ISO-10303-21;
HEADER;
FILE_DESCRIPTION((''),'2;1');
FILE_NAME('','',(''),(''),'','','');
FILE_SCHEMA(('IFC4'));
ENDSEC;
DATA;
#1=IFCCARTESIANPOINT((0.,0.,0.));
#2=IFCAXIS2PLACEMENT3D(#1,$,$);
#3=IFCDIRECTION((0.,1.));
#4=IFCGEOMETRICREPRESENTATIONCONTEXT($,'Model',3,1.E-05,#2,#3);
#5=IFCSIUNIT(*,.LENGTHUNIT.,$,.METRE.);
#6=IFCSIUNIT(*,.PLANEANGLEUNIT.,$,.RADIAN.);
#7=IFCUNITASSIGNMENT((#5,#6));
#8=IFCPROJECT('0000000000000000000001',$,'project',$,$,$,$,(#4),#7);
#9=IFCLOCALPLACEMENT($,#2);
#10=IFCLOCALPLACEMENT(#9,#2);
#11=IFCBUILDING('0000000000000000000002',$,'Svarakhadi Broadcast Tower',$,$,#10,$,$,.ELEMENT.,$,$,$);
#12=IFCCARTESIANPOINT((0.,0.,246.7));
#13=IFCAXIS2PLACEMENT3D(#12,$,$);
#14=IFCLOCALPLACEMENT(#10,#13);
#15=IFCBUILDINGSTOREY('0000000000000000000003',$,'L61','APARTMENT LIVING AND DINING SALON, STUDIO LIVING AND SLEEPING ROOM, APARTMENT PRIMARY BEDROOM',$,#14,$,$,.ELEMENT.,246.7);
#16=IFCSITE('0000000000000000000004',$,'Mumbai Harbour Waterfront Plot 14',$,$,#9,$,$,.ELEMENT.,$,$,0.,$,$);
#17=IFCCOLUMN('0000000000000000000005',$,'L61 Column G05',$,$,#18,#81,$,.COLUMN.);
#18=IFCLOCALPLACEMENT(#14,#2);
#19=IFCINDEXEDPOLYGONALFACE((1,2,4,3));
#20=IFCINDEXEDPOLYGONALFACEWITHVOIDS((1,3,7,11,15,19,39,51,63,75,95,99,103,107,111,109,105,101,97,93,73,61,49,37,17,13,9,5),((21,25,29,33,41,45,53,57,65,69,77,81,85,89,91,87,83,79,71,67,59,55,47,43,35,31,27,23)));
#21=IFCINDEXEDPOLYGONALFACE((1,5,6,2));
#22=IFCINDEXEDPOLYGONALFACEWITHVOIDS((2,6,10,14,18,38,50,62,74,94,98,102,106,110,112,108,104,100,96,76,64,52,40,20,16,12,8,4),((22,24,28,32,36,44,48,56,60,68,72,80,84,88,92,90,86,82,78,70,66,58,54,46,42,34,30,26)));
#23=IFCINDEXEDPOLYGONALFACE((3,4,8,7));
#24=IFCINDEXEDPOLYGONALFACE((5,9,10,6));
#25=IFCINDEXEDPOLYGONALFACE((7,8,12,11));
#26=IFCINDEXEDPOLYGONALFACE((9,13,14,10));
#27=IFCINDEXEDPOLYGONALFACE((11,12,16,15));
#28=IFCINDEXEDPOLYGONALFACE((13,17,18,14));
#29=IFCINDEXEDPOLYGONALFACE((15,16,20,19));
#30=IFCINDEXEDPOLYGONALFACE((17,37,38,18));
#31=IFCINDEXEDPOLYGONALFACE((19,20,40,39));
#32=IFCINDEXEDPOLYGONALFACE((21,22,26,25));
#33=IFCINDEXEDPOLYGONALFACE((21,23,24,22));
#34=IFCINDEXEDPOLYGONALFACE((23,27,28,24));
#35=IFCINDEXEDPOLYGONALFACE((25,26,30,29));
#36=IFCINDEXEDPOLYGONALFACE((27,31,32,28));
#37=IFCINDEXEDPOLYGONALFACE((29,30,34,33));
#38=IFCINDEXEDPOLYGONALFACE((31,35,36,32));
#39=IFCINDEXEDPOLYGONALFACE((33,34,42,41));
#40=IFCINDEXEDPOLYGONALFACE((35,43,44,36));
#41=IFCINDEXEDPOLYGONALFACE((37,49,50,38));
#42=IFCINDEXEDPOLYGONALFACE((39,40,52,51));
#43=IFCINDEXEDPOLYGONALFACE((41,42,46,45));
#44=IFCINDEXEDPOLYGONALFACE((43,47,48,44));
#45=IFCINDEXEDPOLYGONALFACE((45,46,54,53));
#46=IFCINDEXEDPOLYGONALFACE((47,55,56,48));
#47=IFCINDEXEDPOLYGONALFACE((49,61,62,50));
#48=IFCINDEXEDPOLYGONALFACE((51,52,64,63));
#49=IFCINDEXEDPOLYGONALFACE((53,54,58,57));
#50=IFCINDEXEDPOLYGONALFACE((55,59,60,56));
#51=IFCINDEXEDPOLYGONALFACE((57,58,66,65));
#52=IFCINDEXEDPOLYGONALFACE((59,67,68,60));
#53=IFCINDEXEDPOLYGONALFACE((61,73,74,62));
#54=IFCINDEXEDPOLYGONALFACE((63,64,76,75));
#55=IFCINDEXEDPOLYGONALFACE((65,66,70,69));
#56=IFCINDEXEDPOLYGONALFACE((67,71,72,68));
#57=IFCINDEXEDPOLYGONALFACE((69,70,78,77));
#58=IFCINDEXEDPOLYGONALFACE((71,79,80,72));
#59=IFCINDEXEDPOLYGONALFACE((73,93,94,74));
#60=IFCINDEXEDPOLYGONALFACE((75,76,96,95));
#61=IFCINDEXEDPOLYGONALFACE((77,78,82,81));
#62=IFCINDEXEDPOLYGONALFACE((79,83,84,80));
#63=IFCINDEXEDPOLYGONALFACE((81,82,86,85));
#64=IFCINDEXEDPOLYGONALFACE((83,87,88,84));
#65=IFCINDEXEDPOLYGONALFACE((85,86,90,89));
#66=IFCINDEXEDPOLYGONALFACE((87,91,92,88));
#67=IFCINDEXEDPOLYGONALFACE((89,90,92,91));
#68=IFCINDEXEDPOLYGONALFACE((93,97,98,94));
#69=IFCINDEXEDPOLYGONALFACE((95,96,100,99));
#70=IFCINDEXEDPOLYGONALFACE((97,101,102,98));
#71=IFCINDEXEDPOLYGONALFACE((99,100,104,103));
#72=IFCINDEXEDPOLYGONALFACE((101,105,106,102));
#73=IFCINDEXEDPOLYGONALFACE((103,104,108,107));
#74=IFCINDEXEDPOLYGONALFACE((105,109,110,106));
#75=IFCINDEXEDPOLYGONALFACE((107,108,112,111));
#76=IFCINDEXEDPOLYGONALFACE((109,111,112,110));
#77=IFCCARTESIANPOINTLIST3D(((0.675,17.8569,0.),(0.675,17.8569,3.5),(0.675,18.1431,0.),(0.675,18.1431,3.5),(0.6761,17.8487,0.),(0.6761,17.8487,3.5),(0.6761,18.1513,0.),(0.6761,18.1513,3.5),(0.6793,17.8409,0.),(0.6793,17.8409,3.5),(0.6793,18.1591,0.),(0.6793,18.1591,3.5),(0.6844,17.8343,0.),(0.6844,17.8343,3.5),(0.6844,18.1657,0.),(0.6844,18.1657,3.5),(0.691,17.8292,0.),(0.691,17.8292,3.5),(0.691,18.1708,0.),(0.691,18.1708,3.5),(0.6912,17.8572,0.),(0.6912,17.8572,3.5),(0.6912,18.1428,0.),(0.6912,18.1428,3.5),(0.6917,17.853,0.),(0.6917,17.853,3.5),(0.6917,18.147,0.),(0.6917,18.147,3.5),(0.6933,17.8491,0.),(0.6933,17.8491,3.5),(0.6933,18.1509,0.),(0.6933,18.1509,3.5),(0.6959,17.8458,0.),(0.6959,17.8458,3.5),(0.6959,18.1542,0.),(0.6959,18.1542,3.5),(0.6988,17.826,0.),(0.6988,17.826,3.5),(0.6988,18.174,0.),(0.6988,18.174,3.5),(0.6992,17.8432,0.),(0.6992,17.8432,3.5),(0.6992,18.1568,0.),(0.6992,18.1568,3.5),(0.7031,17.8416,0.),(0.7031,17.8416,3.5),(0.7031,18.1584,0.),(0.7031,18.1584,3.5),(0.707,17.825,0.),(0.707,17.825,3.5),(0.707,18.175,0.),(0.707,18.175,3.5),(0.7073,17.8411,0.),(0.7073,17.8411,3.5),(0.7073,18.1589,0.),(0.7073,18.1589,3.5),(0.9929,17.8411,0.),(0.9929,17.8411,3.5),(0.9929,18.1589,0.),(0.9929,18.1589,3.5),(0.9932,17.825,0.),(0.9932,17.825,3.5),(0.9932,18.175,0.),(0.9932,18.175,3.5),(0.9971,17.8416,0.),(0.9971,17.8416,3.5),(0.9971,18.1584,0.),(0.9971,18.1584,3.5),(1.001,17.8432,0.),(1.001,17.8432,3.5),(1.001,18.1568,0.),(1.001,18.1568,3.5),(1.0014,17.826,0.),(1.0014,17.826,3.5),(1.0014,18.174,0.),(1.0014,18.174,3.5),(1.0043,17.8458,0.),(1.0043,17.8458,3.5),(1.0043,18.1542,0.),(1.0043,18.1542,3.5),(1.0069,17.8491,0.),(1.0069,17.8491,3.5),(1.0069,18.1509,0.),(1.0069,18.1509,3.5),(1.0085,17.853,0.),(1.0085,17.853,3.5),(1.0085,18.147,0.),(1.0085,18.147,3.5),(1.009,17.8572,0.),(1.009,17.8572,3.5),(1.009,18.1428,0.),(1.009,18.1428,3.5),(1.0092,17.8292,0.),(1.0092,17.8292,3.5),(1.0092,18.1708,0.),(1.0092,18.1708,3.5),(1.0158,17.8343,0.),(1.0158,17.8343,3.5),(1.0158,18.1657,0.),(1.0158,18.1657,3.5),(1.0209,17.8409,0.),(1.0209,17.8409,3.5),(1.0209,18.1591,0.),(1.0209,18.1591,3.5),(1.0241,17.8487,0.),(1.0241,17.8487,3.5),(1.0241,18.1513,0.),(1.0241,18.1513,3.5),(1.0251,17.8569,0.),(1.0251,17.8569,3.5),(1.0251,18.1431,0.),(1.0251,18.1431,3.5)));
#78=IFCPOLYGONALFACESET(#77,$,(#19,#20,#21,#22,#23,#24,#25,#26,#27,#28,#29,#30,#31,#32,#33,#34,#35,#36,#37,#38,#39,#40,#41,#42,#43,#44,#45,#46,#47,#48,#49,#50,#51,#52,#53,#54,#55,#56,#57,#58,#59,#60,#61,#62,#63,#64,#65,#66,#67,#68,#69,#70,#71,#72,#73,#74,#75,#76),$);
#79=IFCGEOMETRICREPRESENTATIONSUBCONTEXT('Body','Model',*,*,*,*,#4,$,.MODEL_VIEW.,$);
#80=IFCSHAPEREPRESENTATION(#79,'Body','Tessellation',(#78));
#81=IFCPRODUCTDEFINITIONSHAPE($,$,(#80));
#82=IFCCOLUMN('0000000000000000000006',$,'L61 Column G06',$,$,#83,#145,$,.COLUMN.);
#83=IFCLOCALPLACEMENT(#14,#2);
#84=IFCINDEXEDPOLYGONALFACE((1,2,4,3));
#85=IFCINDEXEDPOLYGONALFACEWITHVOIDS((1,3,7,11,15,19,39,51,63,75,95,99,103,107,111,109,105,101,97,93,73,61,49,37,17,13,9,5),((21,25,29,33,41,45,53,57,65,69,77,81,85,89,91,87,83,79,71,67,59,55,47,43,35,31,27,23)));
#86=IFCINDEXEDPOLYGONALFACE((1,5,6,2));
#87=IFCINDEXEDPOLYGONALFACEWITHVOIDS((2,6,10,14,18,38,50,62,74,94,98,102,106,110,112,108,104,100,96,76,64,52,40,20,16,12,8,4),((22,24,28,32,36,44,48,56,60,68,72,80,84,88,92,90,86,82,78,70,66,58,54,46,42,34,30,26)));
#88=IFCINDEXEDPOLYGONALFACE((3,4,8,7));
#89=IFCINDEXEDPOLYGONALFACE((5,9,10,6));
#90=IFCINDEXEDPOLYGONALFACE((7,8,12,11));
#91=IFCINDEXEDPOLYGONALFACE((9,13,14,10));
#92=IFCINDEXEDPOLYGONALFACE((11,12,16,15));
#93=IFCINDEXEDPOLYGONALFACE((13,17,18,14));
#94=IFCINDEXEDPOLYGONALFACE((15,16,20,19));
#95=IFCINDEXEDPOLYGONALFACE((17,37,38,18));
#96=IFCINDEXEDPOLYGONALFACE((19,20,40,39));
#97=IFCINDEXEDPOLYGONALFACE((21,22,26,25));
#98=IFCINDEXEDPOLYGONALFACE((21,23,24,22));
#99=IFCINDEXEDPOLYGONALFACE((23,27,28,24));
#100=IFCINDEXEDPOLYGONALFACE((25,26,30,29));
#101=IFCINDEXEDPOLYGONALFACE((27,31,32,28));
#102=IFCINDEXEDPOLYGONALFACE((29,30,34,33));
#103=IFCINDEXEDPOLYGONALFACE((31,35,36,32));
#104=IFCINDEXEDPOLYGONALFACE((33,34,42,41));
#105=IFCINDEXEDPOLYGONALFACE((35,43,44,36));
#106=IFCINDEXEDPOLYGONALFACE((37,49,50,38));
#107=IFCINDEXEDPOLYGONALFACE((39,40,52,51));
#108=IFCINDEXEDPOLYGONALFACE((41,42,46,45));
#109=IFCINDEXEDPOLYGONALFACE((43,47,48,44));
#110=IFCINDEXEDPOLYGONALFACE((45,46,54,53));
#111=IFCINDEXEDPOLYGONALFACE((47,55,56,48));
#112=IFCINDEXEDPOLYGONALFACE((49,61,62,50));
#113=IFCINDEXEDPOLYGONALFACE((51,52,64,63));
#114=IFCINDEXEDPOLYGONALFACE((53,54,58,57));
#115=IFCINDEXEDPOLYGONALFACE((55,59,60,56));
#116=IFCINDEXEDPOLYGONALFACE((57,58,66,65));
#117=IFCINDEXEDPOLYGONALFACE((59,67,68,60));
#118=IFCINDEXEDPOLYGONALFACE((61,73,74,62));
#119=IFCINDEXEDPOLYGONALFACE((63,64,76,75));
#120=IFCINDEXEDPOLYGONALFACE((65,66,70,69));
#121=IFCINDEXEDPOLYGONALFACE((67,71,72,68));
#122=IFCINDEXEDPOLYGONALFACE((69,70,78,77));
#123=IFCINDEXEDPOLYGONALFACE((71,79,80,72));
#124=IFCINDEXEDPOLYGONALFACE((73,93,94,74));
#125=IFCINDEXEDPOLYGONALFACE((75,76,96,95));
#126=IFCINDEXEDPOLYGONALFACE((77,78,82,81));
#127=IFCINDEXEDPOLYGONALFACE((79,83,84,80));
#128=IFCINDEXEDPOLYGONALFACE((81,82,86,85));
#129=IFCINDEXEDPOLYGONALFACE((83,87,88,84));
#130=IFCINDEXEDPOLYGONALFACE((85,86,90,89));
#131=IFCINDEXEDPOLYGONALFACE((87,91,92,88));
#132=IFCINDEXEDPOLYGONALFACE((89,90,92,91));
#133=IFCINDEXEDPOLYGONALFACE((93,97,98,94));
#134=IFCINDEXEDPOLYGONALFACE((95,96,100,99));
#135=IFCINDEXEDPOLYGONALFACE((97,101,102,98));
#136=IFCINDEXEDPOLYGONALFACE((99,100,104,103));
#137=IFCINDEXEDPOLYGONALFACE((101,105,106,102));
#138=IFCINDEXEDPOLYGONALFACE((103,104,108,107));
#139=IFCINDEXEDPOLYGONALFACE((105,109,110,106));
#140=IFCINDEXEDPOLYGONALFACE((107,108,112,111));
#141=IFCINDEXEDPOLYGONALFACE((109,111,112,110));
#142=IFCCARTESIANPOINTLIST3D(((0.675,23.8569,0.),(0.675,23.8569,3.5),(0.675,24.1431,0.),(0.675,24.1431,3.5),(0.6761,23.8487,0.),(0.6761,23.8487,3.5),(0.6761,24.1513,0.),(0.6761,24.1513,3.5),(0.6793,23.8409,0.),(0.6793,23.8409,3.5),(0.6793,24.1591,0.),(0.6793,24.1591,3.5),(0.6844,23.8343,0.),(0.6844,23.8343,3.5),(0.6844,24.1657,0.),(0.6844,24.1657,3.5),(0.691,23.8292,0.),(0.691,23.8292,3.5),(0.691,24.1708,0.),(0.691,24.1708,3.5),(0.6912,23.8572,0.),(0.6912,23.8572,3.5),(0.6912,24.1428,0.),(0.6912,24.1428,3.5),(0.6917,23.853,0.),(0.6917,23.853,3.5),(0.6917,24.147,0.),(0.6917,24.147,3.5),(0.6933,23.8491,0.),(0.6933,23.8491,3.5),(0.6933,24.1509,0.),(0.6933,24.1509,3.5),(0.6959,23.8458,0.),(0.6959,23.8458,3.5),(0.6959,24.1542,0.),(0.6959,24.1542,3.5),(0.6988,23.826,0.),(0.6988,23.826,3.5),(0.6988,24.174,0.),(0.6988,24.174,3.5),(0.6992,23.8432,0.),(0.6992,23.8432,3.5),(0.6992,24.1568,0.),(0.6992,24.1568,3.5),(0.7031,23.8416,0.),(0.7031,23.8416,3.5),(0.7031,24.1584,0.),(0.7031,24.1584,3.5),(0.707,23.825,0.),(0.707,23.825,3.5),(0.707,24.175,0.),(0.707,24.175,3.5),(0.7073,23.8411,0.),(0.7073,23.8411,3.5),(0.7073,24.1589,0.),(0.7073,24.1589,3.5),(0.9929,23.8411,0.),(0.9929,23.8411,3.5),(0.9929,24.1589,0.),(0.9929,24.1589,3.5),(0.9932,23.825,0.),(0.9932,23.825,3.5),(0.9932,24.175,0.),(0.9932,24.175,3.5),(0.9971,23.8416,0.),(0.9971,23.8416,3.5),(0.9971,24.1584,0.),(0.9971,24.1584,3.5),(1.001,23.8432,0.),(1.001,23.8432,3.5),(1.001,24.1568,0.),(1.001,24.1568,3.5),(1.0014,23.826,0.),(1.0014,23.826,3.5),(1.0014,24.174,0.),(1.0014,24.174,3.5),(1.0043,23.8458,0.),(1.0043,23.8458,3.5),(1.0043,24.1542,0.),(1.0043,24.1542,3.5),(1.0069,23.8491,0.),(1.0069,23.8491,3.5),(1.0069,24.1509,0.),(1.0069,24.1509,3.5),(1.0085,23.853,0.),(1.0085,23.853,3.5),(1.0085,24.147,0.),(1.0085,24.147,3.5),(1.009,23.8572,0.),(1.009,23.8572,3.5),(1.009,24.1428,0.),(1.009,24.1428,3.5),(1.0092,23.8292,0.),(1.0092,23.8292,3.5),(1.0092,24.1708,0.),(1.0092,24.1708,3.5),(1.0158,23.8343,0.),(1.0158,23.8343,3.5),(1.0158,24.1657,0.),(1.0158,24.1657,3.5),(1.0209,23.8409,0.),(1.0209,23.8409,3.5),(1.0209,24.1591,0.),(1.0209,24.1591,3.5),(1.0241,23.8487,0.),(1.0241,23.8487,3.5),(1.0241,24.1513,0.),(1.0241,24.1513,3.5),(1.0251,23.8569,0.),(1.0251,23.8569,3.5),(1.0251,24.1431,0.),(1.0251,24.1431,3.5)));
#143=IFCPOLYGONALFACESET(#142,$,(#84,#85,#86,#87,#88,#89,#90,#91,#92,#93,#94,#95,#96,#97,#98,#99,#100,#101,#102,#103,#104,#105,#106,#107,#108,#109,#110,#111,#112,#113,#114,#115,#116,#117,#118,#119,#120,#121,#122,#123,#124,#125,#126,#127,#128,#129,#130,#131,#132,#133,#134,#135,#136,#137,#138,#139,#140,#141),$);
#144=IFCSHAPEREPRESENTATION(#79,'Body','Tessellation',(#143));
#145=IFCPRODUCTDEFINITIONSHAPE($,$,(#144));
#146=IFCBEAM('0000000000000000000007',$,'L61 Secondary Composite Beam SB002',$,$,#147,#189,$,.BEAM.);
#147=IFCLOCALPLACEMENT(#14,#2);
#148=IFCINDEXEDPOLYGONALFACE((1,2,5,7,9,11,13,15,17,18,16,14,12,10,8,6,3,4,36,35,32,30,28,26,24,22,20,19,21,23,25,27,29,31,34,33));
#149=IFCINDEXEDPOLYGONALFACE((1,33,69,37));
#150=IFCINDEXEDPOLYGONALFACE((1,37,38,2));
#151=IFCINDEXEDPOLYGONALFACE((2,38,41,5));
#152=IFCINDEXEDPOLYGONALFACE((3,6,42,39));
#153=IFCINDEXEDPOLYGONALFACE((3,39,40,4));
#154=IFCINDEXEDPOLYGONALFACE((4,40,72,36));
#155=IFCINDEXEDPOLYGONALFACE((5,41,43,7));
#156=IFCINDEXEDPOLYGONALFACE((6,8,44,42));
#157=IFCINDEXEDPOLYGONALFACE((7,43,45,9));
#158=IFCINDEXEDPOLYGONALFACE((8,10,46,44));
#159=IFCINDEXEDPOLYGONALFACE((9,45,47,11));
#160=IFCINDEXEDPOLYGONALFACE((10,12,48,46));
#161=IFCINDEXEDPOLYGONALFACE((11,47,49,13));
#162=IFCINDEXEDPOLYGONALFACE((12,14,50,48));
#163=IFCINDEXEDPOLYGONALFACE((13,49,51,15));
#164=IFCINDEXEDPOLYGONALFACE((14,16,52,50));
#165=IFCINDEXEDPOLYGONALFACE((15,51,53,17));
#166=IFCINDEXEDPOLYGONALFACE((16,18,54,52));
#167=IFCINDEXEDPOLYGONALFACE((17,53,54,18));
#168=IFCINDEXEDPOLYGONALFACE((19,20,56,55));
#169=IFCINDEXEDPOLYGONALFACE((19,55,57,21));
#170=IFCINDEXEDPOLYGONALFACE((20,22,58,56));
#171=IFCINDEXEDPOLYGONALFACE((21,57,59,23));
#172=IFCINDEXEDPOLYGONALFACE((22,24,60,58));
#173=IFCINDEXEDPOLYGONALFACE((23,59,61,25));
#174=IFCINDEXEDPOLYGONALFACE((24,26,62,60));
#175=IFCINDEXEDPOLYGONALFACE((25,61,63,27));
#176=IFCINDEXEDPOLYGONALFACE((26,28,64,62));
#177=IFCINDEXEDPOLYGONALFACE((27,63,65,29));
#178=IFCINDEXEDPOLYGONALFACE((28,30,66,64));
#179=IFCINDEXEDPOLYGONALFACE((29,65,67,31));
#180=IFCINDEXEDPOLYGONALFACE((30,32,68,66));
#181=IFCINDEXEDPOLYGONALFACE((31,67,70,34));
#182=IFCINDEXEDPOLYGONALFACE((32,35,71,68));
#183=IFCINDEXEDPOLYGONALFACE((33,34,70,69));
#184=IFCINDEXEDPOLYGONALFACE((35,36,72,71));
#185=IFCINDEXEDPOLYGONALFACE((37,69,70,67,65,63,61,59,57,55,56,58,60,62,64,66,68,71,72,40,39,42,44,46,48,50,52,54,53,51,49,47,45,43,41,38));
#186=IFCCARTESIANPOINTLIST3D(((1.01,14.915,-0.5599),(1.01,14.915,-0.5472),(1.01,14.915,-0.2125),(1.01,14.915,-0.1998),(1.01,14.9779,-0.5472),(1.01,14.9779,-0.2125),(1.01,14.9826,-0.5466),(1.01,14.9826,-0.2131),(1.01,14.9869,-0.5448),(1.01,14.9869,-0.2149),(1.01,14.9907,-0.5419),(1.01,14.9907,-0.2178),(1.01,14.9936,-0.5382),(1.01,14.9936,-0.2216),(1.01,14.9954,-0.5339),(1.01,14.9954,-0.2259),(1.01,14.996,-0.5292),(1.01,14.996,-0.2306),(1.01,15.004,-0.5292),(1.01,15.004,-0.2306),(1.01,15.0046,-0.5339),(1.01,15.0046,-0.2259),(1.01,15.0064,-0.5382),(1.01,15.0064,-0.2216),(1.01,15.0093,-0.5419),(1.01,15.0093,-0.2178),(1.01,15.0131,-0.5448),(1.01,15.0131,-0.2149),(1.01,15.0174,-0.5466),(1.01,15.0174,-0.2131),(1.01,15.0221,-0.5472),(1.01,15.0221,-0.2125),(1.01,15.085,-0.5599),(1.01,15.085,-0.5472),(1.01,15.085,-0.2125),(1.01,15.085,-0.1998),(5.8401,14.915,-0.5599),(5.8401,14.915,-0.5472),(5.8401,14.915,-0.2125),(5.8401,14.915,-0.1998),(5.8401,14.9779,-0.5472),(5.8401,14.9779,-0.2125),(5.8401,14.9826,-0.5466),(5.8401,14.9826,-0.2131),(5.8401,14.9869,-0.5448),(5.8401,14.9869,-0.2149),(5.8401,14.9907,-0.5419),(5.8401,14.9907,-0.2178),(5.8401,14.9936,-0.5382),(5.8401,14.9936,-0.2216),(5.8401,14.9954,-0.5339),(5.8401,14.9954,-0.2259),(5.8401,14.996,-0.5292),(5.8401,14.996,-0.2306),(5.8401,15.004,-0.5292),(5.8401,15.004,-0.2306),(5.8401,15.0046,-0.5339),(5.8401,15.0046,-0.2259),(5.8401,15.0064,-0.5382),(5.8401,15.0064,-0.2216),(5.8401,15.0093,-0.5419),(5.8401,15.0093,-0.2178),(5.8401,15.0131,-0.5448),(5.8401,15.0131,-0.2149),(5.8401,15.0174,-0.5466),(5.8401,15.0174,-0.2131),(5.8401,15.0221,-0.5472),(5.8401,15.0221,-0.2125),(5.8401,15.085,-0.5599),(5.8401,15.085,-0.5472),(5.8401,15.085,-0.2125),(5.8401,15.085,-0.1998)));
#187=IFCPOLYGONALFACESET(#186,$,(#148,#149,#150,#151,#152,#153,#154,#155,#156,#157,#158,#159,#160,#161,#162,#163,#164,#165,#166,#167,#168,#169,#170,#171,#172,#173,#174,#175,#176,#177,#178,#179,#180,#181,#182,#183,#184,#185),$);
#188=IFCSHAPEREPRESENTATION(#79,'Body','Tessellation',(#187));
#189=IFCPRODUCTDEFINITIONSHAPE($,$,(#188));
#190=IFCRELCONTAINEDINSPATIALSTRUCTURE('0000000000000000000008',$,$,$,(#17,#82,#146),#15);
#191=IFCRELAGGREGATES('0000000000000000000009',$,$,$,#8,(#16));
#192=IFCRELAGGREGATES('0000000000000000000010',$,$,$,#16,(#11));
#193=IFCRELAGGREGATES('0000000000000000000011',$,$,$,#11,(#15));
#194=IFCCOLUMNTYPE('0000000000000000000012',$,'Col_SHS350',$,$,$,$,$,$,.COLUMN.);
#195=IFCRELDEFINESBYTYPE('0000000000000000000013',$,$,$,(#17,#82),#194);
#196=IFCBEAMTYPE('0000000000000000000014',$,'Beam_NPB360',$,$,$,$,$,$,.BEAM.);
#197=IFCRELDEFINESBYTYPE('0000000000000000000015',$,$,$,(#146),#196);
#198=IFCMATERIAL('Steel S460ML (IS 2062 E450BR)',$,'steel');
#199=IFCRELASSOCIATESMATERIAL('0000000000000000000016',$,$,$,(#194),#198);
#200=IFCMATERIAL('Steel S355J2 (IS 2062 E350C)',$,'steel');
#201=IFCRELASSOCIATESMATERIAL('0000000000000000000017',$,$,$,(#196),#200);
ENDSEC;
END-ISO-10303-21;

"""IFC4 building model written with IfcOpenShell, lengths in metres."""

from ifc_helpers import new_model, si_unit, direction, frame, origin, origin_2d, place, context, subcontext, project, spatial, hollow_rectangle, i_section, extrude, material, material_profile, profile_set, type_object, element, save


model = new_model("IFC4")

# Units and contexts
model_context = context("Model", 3, precision=1e-05, world=origin(), true_north=direction((0.0, 1.0)))
body_context = subcontext(model_context, "Body", "Model", "MODEL_VIEW")
ifc_project = project(units=[si_unit("LENGTHUNIT", "METRE"), si_unit("PLANEANGLEUNIT", "RADIAN")], contexts=[model_context])

# Site, building, storey
site_placement = place(None, origin())
site = spatial("IfcSite", under=ifc_project, at=site_placement, Name="Mumbai Harbour Waterfront Plot 14", CompositionType="ELEMENT", RefElevation=0.0)
building_placement = place(site_placement, origin())
building = spatial("IfcBuilding", under=site, at=building_placement, Name="Svarakhadi Broadcast Tower", CompositionType="ELEMENT")
storey_placement = place(building_placement, frame((0.0, 0.0, 246.7)))
storey = spatial("IfcBuildingStorey", under=building, at=storey_placement, Name="L61", Description="APARTMENT LIVING AND DINING SALON, STUDIO LIVING AND SLEEPING ROOM, APARTMENT PRIMARY BEDROOM", CompositionType="ELEMENT", Elevation=246.7)

# Columns
ifc_material_1 = material(Name="Steel S460ML (IS 2062 E450BR)", Category="steel")
ifc_material_profile_1 = material_profile(ifc_material_1, hollow_rectangle(XDim=0.3501, YDim=0.3501, WallThickness=0.0161, InnerFilletRadius=0.0161, OuterFilletRadius=0.032, at=origin_2d()), Name="SHS 350x350x16")
ifc_profile_set_1 = profile_set([ifc_material_profile_1], Name="Steel S460ML (IS 2062 E450BR)")
column_type = type_object("IfcColumnType", Name="Col_SHS350", PredefinedType="COLUMN", material=ifc_profile_set_1)
for number, where, z_axis, x_axis, name in (
    (1, (0.8501, 18.0, 0.0), (0.0, 0.0, 1.0), (1.0, 0.0, 0.0), "L61 Column G05"),
    (2, (0.8501, 24.0, 0.0), (0.0, 0.0, 1.0), (1.0, 0.0, 0.0), "L61 Column G06"),
):
    element("IfcColumn", number, at=place(storey_placement, frame(where, z_axis=z_axis, x_axis=x_axis)), inside=storey, type_object=column_type, Name=name, PredefinedType="COLUMN", context=body_context, shape_type="SweptSolid", body=[
        extrude(hollow_rectangle(XDim=0.3501, YDim=0.3501, WallThickness=0.0161, InnerFilletRadius=0.0161, OuterFilletRadius=0.032, at=origin_2d()), origin(), (0.0, 0.0, 1.0), 3.5),
    ])

# Beam
ifc_material_2 = material(Name="Steel S355J2 (IS 2062 E350C)", Category="steel")
ifc_material_profile_2 = material_profile(ifc_material_2, i_section(OverallWidth=0.1699, OverallDepth=0.3601, WebThickness=0.0081, FlangeThickness=0.0127, FilletRadius=0.0181, at=origin_2d()), Name="NPB 360x170x57")
ifc_profile_set_2 = profile_set([ifc_material_profile_2], Name="Steel S355J2 (IS 2062 E350C)")
beam_type_1 = type_object("IfcBeamType", Name="Beam_NPB360", PredefinedType="BEAM", material=ifc_profile_set_2)
for number, where, z_axis, x_axis, name in (
    (3, (1.01, 15.0, -0.3799), (1.0, 0.0, 0.0), (0.0, 1.0, 0.0), "L61 Secondary Composite Beam SB002"),
):
    element("IfcBeam", number, at=place(storey_placement, frame(where, z_axis=z_axis, x_axis=x_axis)), inside=storey, type_object=beam_type_1, Name=name, PredefinedType="BEAM", context=body_context, shape_type="SweptSolid", body=[
        extrude(i_section(OverallWidth=0.1699, OverallDepth=0.3601, WebThickness=0.0081, FlangeThickness=0.0127, FilletRadius=0.0181, at=origin_2d()), origin(), (0.0, 0.0, 1.0), 4.8301),
    ])

save(model, "model.ifc")
